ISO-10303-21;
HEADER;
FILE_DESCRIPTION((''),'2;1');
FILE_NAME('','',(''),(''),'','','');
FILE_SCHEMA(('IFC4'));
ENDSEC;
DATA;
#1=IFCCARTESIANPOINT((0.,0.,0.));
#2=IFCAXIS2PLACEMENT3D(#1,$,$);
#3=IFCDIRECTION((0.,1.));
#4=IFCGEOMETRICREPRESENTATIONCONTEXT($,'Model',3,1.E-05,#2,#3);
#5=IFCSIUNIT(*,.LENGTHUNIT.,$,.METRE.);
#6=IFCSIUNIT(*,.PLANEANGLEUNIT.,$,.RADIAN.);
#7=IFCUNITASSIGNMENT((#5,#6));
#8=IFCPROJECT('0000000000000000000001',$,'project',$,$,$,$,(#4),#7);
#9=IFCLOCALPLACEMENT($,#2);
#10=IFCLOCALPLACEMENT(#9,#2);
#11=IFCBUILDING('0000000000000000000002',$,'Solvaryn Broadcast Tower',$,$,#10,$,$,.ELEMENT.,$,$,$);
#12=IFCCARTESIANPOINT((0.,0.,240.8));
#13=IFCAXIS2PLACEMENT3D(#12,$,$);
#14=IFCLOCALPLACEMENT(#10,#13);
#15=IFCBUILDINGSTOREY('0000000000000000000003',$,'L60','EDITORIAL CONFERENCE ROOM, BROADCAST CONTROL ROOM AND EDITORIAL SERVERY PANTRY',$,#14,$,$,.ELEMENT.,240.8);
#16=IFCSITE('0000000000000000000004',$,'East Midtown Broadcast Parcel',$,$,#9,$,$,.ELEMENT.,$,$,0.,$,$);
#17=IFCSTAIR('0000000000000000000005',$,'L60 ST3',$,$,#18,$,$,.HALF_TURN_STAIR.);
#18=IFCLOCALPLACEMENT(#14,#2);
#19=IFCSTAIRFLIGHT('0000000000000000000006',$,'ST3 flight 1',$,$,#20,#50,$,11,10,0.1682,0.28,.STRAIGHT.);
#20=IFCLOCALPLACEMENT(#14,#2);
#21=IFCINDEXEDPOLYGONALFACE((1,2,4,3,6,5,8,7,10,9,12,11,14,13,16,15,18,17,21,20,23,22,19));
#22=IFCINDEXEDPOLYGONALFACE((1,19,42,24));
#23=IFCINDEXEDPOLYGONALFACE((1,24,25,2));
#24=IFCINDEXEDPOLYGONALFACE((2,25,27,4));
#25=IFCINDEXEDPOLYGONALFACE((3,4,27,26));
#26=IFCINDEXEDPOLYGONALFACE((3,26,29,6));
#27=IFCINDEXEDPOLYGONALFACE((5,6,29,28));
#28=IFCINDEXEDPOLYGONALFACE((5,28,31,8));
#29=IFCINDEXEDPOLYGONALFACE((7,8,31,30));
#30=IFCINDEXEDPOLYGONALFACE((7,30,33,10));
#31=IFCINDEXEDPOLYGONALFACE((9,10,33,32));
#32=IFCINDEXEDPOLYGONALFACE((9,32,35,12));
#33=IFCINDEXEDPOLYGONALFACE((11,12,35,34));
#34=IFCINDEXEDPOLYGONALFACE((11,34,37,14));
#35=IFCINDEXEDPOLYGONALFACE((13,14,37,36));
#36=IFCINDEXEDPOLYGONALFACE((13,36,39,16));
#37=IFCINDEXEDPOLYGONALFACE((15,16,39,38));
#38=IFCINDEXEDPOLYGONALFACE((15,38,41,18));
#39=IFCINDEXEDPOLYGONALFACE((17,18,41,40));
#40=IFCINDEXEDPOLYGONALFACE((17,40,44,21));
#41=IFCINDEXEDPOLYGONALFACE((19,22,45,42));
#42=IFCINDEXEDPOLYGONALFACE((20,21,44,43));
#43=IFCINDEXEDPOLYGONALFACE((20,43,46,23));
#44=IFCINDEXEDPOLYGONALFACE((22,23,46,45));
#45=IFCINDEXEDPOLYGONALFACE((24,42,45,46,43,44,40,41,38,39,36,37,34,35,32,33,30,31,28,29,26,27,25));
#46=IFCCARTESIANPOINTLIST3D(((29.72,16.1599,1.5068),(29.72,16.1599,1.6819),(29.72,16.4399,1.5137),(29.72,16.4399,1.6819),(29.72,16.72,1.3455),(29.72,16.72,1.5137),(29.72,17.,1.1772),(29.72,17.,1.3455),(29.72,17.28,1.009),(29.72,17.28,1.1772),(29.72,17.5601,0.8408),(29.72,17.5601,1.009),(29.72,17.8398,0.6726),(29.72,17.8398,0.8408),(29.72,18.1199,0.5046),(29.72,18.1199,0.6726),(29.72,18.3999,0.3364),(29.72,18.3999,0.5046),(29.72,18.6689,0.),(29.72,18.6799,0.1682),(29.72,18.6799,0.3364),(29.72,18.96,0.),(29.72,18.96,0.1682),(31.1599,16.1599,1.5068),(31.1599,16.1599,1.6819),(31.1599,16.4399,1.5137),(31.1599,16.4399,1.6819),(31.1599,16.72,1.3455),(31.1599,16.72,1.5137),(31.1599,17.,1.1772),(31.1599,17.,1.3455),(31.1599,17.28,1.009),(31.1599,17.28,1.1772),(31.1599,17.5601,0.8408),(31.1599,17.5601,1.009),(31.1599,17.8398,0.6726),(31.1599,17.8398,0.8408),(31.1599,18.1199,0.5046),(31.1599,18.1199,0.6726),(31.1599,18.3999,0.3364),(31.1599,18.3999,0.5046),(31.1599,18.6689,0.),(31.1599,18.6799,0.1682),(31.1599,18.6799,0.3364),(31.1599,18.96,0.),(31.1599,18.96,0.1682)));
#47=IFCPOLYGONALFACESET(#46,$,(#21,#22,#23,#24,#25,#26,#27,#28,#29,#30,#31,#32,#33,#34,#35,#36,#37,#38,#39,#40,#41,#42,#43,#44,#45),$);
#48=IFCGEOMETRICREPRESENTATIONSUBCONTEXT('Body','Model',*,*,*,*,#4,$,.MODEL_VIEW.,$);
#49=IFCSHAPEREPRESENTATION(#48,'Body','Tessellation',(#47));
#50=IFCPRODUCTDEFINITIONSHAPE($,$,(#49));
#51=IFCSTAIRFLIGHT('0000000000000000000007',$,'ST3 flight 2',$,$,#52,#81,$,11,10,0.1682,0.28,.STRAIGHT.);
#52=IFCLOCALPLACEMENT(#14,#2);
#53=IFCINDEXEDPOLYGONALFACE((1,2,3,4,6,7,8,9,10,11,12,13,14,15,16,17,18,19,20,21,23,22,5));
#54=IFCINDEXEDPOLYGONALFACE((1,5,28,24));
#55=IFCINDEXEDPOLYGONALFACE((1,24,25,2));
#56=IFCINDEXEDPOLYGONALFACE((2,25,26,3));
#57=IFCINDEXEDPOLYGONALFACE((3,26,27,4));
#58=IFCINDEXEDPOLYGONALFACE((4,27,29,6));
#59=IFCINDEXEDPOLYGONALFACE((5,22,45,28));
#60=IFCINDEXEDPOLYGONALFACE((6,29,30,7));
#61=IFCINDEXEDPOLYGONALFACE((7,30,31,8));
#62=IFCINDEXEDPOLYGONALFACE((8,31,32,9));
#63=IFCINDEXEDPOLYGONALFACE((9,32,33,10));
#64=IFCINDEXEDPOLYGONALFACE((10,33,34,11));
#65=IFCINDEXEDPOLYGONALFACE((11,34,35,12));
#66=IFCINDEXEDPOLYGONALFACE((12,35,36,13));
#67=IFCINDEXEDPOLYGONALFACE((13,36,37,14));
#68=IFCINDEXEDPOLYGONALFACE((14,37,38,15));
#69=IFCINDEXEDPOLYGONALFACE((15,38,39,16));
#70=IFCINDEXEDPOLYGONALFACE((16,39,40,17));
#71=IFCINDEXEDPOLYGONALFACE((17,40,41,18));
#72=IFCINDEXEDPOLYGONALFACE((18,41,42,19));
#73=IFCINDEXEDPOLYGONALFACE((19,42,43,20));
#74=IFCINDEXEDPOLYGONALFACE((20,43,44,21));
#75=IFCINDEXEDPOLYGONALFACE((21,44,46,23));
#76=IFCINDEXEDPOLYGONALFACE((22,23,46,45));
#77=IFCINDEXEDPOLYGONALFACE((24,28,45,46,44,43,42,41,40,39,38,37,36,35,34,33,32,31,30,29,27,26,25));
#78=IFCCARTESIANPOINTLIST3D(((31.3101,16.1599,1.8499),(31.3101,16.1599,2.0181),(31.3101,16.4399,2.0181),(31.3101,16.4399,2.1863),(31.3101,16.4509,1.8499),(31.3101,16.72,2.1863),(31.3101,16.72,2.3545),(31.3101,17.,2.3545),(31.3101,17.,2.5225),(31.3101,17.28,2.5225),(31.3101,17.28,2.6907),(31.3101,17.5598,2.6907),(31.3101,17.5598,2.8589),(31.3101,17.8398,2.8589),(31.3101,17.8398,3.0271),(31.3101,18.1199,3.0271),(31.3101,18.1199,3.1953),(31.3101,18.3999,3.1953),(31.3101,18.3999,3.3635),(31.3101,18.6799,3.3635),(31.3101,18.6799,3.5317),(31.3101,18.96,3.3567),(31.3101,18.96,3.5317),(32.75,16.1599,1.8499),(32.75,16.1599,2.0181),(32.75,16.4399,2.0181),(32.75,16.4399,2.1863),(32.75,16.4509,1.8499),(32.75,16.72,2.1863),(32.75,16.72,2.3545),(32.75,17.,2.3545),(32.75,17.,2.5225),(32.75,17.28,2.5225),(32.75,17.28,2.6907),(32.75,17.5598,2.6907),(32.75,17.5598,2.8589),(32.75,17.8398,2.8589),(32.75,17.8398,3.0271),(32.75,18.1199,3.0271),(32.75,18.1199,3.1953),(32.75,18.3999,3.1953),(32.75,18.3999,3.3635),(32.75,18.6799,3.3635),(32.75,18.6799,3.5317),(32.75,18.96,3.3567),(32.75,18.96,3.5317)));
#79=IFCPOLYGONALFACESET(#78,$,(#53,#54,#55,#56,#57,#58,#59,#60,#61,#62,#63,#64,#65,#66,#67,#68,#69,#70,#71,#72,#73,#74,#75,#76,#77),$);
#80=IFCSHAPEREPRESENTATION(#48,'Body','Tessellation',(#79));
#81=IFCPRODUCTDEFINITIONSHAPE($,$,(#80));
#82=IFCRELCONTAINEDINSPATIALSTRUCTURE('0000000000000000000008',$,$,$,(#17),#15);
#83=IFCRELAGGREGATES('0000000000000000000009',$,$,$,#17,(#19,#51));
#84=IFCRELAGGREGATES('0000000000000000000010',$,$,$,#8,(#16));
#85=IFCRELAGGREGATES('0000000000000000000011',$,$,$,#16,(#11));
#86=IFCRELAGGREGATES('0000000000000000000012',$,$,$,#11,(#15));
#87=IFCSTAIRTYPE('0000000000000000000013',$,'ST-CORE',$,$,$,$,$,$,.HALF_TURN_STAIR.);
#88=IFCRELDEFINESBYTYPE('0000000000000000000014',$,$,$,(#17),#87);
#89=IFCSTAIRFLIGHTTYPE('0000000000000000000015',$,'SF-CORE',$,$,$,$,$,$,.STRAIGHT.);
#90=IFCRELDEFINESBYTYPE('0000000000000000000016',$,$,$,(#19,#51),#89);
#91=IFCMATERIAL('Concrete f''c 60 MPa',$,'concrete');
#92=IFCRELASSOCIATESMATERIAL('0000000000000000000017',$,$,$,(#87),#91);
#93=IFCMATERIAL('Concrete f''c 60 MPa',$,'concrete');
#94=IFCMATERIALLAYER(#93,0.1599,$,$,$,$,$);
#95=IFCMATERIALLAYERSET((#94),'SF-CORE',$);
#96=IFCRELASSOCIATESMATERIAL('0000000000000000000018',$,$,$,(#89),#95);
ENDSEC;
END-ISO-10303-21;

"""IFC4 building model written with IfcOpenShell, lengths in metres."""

from ifc_helpers import new_model, si_unit, direction, frame, origin, place, context, subcontext, project, spatial, polyline, outline, extrude, material, layer, layer_set, type_object, element, aggregate, save


model = new_model("IFC4")

# Units and contexts
model_context = context("Model", 3, precision=1e-05, world=origin(), true_north=direction((0.0, 1.0)))
body_context = subcontext(model_context, "Body", "Model", "MODEL_VIEW")
ifc_project = project(units=[si_unit("LENGTHUNIT", "METRE"), si_unit("PLANEANGLEUNIT", "RADIAN")], contexts=[model_context])

# Site, building, storey
site_placement = place(None, origin())
site = spatial("IfcSite", under=ifc_project, at=site_placement, Name="East Midtown Broadcast Parcel", CompositionType="ELEMENT", RefElevation=0.0)
building_placement = place(site_placement, origin())
building = spatial("IfcBuilding", under=site, at=building_placement, Name="Solvaryn Broadcast Tower", CompositionType="ELEMENT")
storey_placement = place(building_placement, frame((0.0, 0.0, 240.8)))
storey = spatial("IfcBuildingStorey", under=building, at=storey_placement, Name="L60", Description="EDITORIAL CONFERENCE ROOM, BROADCAST CONTROL ROOM AND EDITORIAL SERVERY PANTRY", CompositionType="ELEMENT", Elevation=240.8)

# Stair, stair flights
ifc_material_1 = material(Name="Concrete f'c 60 MPa", Category="concrete")
stair_type = type_object("IfcStairType", Name="ST-CORE", PredefinedType="HALF_TURN_STAIR", material=ifc_material_1)
stair_placement = place(storey_placement, origin())
stair = element("IfcStair", 1, at=stair_placement, inside=storey, type_object=stair_type, Name="L60 ST3", PredefinedType="HALF_TURN_STAIR")
ifc_material_2 = material(Name="Concrete f'c 60 MPa", Category="concrete")
ifc_layer_1 = layer(ifc_material_2, 0.1599)
ifc_layer_set_1 = layer_set([ifc_layer_1], Name="SF-CORE")
stair_flight_type = type_object("IfcStairFlightType", Name="SF-CORE", PredefinedType="STRAIGHT", material=ifc_layer_set_1)
stair_flight_1_placement = place(storey_placement, frame((30.4399, 18.96, 0.0), z_axis=(0.0, 0.0, 1.0), x_axis=(0.0, -1.0, 0.0)))
stair_flight_1 = element("IfcStairFlight", 2, at=stair_flight_1_placement, type_object=stair_flight_type, Name="ST3 flight 1", NumberOfRisers=11, NumberOfTreads=10, PredefinedType="STRAIGHT", RiserHeight=0.1682, TreadLength=0.28, context=body_context, shape_type="SweptSolid", body=[
    extrude(outline(polyline([(0.0, 0.0), (0.0, 0.1682), (0.28, 0.1682), (0.28, 0.3364), (0.5601, 0.3364), (0.5601, 0.5046), (0.8401, 0.5046), (0.8401, 0.6726), (1.1201, 0.6726), (1.1201, 0.8408), (1.3999, 0.8408), (1.3999, 1.009), (1.6799, 1.009), (1.6799, 1.1772), (1.96, 1.1772), (1.96, 1.3455), (2.24, 1.3455), (2.24, 1.5137), (2.52, 1.5137), (2.52, 1.6819), (2.8, 1.6819), (2.8, 1.8501), (2.8, 1.5068), (0.291, 0.0), (0.0, 0.0)])), frame((0.0, 0.72, 0.0), z_axis=(0.0, -1.0, 0.0), x_axis=(1.0, 0.0, 0.0)), (0.0, 0.0, 1.0), 1.4399),
])
stair_flight_2_placement = place(storey_placement, frame((32.03, 16.1599, 1.8499), z_axis=(0.0, 0.0, 1.0), x_axis=(0.0, 1.0, 0.0)))
stair_flight_2 = element("IfcStairFlight", 3, at=stair_flight_2_placement, type_object=stair_flight_type, Name="ST3 flight 2", NumberOfRisers=11, NumberOfTreads=10, PredefinedType="STRAIGHT", RiserHeight=0.1682, TreadLength=0.28, context=body_context, shape_type="SweptSolid", body=[
    extrude(outline(polyline([(0.0, 0.0), (0.0, 0.1682), (0.28, 0.1682), (0.28, 0.3364), (0.5601, 0.3364), (0.5601, 0.5046), (0.8401, 0.5046), (0.8401, 0.6726), (1.1201, 0.6726), (1.1201, 0.8408), (1.3999, 0.8408), (1.3999, 1.009), (1.6799, 1.009), (1.6799, 1.1772), (1.96, 1.1772), (1.96, 1.3455), (2.24, 1.3455), (2.24, 1.5137), (2.52, 1.5137), (2.52, 1.6819), (2.8, 1.6819), (2.8, 1.8501), (2.8, 1.5068), (0.291, 0.0), (0.0, 0.0)])), frame((0.0, 0.72, 0.0), z_axis=(0.0, -1.0, 0.0), x_axis=(1.0, 0.0, 0.0)), (0.0, 0.0, 1.0), 1.4399),
])
aggregate(stair, [stair_flight_1, stair_flight_2])

save(model, "model.ifc")
